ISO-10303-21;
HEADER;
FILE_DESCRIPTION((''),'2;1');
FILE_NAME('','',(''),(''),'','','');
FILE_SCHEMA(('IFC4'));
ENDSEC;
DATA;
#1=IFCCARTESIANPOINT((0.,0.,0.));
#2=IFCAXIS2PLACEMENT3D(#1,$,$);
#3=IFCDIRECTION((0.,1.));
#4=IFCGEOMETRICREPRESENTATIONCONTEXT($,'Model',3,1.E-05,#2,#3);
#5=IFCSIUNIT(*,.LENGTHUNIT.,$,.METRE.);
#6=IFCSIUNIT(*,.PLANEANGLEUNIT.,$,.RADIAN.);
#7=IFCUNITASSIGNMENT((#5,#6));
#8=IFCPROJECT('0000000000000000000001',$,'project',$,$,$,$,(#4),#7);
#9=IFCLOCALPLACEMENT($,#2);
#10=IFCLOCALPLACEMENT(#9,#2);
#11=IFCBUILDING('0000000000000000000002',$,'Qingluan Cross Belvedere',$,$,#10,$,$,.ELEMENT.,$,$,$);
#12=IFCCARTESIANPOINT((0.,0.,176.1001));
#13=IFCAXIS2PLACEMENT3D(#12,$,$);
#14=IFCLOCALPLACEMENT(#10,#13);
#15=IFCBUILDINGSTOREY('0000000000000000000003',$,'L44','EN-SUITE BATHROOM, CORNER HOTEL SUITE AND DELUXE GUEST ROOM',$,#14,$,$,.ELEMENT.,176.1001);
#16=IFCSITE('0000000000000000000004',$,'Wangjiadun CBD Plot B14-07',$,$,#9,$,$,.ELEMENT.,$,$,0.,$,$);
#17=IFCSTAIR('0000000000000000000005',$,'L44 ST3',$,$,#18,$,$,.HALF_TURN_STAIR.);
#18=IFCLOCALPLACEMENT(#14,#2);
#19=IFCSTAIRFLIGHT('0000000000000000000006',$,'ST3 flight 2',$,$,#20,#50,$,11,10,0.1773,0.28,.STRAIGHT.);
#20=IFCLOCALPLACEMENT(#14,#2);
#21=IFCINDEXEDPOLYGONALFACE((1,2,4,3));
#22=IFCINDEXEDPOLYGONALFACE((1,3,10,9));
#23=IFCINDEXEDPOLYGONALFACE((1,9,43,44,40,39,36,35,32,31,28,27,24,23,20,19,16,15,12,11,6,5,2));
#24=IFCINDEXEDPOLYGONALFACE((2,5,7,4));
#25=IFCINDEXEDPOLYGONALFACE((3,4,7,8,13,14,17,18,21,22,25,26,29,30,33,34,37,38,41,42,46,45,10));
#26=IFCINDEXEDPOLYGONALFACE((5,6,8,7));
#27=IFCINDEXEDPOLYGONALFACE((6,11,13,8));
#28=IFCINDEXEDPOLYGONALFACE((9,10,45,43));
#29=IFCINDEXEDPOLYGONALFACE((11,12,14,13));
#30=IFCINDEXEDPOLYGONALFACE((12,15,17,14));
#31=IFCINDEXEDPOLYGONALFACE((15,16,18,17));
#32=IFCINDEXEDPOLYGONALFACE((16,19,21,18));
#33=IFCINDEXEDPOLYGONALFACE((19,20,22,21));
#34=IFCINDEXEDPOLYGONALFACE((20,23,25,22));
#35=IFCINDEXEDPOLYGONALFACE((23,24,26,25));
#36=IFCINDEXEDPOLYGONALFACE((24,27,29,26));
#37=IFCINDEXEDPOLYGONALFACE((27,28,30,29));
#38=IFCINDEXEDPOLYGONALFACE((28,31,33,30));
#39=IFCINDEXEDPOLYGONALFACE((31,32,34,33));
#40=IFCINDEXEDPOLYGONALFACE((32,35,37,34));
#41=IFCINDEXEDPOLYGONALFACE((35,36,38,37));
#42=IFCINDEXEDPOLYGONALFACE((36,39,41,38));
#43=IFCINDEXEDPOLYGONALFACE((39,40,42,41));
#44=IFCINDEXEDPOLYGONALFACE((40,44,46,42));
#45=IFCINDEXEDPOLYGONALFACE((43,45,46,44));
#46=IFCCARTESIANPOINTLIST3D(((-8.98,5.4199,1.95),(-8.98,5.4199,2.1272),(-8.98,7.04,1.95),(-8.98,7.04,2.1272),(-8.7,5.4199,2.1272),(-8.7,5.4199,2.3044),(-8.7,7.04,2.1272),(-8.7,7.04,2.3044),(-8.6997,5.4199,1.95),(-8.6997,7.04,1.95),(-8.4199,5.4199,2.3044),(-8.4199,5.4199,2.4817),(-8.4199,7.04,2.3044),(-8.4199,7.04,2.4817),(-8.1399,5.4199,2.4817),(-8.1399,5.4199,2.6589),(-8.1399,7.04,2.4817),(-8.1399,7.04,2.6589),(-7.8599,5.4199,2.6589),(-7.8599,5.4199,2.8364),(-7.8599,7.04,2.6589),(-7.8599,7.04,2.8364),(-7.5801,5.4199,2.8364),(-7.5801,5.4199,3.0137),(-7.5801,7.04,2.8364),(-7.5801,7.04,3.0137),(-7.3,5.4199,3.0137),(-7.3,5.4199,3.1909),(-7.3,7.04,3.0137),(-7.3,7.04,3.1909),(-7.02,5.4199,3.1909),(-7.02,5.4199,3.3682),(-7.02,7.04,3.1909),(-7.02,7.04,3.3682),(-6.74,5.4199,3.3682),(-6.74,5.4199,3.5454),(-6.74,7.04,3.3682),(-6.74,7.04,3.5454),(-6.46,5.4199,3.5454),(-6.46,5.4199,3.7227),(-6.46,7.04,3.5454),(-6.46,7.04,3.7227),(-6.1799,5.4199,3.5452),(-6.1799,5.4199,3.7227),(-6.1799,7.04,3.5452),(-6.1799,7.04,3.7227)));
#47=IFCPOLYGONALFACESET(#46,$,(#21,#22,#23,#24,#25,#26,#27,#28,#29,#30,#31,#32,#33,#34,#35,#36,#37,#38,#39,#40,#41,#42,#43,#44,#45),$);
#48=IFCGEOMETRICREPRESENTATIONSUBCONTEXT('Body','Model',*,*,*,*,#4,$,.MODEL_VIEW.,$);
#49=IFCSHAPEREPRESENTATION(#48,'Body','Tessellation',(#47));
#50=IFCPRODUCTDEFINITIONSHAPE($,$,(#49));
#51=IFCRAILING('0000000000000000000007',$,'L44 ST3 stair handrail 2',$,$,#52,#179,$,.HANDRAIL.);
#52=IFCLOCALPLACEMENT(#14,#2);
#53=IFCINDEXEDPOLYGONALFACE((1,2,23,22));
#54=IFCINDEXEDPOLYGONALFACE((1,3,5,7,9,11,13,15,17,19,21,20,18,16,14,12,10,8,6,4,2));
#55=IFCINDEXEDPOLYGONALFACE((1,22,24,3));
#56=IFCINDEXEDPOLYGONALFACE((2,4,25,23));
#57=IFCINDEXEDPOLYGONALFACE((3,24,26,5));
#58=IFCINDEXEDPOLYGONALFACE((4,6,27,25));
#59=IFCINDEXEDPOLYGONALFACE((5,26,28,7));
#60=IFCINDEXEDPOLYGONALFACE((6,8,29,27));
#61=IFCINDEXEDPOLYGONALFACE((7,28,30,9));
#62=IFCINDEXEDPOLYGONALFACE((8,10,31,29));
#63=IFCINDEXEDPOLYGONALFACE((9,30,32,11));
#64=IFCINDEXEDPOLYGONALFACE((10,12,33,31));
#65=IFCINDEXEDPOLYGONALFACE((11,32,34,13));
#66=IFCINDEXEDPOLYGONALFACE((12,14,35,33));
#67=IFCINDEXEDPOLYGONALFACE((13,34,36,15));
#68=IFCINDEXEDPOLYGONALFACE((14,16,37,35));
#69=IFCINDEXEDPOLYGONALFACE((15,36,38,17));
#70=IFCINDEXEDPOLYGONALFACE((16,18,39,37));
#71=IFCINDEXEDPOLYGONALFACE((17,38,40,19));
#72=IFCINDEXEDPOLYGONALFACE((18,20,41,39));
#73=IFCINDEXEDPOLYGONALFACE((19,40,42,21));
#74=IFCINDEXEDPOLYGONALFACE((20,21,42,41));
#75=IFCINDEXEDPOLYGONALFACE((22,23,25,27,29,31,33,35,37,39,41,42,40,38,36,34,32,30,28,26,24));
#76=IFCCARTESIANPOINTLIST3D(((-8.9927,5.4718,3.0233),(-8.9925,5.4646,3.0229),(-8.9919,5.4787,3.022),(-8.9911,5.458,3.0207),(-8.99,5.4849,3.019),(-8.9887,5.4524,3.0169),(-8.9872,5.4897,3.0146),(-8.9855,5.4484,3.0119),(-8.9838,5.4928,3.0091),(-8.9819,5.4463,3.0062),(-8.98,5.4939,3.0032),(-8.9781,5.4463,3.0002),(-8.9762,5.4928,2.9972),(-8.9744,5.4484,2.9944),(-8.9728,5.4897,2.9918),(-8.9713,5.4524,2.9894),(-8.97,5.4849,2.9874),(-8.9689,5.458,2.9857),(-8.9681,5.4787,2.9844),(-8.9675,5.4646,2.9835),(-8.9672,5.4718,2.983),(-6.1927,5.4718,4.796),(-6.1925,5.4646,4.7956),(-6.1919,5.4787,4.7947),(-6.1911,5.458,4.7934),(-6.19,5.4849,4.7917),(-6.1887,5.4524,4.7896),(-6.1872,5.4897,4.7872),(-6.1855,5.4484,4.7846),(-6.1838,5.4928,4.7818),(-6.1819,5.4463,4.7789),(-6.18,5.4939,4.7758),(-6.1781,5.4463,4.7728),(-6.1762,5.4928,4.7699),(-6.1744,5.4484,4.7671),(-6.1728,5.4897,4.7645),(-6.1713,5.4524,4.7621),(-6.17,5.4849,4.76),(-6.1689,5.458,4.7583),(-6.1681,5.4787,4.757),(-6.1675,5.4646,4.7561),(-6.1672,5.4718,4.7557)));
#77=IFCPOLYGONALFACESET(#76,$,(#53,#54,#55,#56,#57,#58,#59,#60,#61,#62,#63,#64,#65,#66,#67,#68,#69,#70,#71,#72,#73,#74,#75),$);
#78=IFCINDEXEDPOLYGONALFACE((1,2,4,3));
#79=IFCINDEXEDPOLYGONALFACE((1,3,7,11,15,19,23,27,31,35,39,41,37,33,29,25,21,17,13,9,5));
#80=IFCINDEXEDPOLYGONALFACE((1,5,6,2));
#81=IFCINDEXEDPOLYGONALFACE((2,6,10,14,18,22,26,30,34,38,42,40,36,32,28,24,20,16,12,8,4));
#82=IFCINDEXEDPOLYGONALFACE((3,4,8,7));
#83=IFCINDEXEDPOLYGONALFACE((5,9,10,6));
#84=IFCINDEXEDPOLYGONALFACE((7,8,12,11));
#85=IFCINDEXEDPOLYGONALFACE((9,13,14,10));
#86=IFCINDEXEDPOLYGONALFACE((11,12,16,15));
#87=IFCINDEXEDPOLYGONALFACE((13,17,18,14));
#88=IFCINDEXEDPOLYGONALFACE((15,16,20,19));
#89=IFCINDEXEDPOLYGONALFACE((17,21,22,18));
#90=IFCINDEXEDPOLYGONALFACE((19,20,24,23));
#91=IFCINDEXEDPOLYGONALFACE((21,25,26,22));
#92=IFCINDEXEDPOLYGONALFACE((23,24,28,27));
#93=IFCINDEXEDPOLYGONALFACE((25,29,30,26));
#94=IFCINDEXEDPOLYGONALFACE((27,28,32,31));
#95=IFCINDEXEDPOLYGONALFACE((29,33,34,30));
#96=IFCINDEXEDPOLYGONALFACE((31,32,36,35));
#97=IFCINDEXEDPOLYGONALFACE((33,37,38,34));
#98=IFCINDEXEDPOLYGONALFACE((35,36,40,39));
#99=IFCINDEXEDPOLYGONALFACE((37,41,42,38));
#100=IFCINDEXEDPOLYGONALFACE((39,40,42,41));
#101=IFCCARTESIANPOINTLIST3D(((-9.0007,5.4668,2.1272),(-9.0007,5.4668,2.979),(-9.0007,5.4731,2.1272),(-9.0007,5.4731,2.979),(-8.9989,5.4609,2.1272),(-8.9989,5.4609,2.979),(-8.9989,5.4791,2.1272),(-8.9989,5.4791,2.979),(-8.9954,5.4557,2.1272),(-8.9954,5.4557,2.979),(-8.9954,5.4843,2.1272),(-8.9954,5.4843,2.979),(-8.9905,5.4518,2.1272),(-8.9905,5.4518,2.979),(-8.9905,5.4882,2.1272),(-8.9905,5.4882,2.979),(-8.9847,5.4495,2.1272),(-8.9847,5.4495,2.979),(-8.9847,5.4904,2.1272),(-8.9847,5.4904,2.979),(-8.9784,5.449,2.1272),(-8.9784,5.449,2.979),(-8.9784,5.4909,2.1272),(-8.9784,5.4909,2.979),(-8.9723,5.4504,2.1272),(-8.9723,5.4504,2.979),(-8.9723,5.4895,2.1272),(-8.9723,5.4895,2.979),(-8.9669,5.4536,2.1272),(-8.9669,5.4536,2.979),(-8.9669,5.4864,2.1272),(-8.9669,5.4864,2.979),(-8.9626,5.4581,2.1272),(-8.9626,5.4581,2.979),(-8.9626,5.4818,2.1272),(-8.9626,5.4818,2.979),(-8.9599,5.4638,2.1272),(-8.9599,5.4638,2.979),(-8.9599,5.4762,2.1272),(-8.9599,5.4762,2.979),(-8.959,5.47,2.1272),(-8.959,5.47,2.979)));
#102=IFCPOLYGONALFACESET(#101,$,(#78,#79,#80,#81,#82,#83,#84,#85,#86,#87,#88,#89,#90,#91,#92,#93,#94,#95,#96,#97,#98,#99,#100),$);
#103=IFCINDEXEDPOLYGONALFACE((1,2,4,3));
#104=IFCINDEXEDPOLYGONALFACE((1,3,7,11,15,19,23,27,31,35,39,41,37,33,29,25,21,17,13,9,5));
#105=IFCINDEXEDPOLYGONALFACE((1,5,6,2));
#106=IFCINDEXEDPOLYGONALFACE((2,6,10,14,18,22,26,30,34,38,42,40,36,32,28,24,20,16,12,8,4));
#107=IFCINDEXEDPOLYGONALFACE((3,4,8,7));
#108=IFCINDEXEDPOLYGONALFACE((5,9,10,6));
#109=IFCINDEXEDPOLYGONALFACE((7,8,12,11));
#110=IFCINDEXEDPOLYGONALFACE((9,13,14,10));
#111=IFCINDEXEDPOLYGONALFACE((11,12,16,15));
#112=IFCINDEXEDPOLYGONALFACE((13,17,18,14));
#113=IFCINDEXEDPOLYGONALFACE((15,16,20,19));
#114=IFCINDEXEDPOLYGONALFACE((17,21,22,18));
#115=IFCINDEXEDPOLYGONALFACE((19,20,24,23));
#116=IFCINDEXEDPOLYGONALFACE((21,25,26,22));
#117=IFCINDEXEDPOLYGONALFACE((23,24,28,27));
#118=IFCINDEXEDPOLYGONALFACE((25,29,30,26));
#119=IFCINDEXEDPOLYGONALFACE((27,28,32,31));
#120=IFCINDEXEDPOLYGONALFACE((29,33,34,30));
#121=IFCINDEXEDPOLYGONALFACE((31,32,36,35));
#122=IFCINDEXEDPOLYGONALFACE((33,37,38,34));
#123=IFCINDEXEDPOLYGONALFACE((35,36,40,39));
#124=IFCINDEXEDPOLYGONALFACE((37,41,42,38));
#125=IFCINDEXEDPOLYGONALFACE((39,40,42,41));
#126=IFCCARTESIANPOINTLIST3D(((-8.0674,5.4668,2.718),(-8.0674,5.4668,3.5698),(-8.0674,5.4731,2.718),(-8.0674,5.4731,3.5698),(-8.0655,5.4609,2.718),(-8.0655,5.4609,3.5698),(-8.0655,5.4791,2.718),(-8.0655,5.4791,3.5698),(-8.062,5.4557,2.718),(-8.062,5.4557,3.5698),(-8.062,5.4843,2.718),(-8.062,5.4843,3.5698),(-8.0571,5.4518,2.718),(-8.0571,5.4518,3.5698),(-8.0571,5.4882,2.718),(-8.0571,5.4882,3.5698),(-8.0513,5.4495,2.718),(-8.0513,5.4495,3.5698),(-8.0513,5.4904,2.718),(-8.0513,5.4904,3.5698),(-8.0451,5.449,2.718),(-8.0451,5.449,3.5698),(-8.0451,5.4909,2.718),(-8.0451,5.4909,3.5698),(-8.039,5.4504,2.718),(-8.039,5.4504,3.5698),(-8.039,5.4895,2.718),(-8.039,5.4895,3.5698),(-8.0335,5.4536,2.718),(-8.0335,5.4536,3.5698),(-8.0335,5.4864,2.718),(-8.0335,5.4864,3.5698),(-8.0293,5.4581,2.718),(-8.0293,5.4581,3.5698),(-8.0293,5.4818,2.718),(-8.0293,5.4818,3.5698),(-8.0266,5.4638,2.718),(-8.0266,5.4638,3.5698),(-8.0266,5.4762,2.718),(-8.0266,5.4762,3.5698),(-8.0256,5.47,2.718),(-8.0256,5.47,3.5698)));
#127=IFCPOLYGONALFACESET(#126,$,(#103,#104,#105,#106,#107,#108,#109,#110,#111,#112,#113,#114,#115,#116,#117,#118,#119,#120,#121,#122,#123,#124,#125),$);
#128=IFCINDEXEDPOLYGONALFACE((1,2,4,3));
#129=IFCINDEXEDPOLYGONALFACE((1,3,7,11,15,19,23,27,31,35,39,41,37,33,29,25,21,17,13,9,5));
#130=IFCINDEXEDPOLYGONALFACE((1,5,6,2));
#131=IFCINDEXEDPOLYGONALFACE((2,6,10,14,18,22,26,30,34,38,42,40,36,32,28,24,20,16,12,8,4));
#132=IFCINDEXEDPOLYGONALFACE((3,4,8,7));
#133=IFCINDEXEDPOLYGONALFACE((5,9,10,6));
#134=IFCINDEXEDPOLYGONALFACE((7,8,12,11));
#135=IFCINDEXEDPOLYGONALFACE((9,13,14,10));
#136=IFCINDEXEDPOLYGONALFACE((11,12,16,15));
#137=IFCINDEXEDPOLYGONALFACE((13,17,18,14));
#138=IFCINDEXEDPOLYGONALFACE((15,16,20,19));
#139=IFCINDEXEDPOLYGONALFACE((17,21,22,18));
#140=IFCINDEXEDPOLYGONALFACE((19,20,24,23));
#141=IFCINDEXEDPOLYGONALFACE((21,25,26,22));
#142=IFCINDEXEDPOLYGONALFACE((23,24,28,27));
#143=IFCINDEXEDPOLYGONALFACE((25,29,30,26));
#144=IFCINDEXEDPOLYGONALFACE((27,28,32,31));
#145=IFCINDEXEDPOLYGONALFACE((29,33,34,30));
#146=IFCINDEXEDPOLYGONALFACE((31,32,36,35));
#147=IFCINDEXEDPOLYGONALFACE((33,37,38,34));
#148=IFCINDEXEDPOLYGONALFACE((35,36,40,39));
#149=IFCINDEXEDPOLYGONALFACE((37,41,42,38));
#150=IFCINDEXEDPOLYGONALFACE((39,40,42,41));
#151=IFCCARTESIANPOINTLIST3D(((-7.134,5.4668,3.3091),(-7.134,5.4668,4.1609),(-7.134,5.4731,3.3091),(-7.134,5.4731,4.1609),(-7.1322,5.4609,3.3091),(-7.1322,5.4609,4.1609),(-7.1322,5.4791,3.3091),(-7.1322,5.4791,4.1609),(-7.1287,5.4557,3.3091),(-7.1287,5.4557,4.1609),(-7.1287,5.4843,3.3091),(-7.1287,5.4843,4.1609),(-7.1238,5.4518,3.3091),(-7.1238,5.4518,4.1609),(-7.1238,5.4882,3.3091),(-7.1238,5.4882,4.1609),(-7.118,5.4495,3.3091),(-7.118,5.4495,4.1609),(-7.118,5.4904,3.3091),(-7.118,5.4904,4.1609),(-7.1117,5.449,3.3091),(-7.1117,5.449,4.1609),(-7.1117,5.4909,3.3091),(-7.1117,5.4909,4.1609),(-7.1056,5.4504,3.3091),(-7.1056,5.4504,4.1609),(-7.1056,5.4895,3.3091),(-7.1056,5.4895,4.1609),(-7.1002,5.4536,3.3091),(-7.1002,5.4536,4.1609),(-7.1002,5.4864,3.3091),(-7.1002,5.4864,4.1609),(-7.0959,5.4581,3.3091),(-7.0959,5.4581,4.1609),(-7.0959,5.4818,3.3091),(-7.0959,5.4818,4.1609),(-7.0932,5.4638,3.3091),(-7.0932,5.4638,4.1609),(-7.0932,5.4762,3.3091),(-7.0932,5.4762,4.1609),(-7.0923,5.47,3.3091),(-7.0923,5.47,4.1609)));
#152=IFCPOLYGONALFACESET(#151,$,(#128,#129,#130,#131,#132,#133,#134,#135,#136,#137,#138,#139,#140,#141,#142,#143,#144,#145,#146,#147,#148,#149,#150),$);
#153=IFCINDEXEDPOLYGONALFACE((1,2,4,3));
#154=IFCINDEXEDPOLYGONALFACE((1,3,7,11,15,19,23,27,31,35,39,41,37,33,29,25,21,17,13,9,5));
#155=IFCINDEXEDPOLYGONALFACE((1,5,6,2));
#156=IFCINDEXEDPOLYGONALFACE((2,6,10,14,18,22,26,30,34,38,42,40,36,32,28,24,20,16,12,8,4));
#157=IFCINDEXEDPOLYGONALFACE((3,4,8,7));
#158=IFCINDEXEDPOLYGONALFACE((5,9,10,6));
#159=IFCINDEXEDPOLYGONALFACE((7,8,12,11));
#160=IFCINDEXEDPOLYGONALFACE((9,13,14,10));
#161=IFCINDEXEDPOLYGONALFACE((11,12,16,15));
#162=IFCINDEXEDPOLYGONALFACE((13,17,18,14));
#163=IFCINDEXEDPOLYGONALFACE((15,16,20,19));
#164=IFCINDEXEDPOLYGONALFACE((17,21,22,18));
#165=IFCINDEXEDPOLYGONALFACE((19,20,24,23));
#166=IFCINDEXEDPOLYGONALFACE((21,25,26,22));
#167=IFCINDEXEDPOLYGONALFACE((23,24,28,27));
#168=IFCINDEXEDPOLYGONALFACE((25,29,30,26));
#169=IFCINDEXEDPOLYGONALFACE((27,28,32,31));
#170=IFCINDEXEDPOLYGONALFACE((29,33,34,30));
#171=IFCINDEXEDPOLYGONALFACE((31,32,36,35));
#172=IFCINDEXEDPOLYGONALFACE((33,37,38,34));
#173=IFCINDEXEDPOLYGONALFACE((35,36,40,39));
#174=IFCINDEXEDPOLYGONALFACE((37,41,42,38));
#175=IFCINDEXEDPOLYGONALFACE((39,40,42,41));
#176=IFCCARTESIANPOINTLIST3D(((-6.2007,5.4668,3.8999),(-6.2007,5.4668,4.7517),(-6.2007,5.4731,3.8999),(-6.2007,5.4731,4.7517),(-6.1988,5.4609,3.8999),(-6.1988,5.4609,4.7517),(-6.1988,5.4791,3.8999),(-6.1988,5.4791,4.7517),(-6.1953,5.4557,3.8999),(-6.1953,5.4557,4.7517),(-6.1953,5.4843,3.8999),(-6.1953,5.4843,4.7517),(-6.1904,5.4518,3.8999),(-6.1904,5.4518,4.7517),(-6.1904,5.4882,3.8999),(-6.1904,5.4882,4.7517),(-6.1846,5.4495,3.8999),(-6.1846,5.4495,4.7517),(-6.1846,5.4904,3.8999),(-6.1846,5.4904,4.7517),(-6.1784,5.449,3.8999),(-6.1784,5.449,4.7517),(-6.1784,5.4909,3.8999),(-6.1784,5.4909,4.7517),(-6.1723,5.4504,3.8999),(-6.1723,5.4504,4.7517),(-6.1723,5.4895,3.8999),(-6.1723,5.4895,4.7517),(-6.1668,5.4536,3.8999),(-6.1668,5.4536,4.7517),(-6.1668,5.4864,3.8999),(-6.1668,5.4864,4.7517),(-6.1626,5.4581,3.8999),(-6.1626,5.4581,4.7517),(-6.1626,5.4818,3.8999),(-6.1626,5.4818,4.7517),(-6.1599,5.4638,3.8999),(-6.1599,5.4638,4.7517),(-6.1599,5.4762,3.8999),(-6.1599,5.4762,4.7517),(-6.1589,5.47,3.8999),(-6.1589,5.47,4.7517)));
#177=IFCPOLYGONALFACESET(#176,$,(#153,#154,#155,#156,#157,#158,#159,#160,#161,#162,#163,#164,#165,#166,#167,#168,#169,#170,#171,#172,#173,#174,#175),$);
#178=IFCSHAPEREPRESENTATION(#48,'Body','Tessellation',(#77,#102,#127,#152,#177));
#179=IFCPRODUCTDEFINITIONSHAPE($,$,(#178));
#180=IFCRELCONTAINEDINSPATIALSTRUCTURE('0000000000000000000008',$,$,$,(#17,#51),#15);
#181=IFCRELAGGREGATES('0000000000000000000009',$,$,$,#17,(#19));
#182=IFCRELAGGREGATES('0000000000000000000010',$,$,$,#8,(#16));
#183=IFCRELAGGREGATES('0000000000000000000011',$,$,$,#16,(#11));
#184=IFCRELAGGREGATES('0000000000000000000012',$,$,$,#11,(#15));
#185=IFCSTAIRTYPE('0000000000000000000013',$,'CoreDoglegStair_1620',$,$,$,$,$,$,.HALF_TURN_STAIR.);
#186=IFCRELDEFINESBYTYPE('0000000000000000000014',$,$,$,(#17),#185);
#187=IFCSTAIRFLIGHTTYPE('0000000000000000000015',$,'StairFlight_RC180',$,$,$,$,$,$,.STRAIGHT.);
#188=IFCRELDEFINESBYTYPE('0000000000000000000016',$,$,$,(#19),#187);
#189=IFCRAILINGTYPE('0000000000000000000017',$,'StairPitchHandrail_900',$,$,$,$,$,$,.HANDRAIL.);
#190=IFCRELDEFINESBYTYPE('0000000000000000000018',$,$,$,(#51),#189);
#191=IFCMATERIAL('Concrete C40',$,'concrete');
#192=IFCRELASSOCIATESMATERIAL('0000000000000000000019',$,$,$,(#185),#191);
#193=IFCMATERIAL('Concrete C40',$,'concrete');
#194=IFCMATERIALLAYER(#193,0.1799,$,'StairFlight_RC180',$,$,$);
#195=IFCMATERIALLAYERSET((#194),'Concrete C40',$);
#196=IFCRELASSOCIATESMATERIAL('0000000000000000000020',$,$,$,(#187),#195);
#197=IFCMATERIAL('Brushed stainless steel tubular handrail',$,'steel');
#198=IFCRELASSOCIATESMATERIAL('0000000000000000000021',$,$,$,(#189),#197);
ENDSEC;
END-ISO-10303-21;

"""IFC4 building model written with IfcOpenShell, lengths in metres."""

from ifc_helpers import new_model, si_unit, direction, frame, origin, origin_2d, place, context, subcontext, project, spatial, polyline, circle, outline, extrude, material, layer, layer_set, type_object, element, aggregate, save


model = new_model("IFC4")

# Units and contexts
model_context = context("Model", 3, precision=1e-05, world=origin(), true_north=direction((0.0, 1.0)))
body_context = subcontext(model_context, "Body", "Model", "MODEL_VIEW")
ifc_project = project(units=[si_unit("LENGTHUNIT", "METRE"), si_unit("PLANEANGLEUNIT", "RADIAN")], contexts=[model_context])

# Site, building, storey
site_placement = place(None, origin())
site = spatial("IfcSite", under=ifc_project, at=site_placement, Name="Wangjiadun CBD Plot B14-07", CompositionType="ELEMENT", RefElevation=0.0)
building_placement = place(site_placement, origin())
building = spatial("IfcBuilding", under=site, at=building_placement, Name="Qingluan Cross Belvedere", CompositionType="ELEMENT")
storey_placement = place(building_placement, frame((0.0, 0.0, 176.1001)))
storey = spatial("IfcBuildingStorey", under=building, at=storey_placement, Name="L44", Description="EN-SUITE BATHROOM, CORNER HOTEL SUITE AND DELUXE GUEST ROOM", CompositionType="ELEMENT", Elevation=176.1001)

# Stair, stair flight
ifc_material_1 = material(Name="Concrete C40", Category="concrete")
stair_type = type_object("IfcStairType", Name="CoreDoglegStair_1620", PredefinedType="HALF_TURN_STAIR", material=ifc_material_1)
stair_placement = place(storey_placement, origin())
stair = element("IfcStair", 1, at=stair_placement, inside=storey, type_object=stair_type, Name="L44 ST3", PredefinedType="HALF_TURN_STAIR")
ifc_material_2 = material(Name="Concrete C40", Category="concrete")
ifc_layer_1 = layer(ifc_material_2, 0.1799, Name="StairFlight_RC180")
ifc_layer_set_1 = layer_set([ifc_layer_1], Name="Concrete C40")
stair_flight_type = type_object("IfcStairFlightType", Name="StairFlight_RC180", PredefinedType="STRAIGHT", material=ifc_layer_set_1)
stair_flight_placement = place(storey_placement, frame((-8.98, 6.23, 1.95), z_axis=(0.0, 0.0, 1.0), x_axis=(1.0, 0.0, 0.0)))
stair_flight = element("IfcStairFlight", 2, at=stair_flight_placement, type_object=stair_flight_type, Name="ST3 flight 2", NumberOfRisers=11, NumberOfTreads=10, PredefinedType="STRAIGHT", RiserHeight=0.1773, TreadLength=0.28, context=body_context, shape_type="SweptSolid", body=[
    extrude(outline(polyline([(0.0, 0.0), (0.0, 0.1772), (0.28, 0.1772), (0.28, 0.3545), (0.5601, 0.3545), (0.5601, 0.5317), (0.8401, 0.5317), (0.8401, 0.709), (1.1201, 0.709), (1.1201, 0.8865), (1.3999, 0.8865), (1.3999, 1.0637), (1.6799, 1.0637), (1.6799, 1.241), (1.96, 1.241), (1.96, 1.4182), (2.24, 1.4182), (2.24, 1.5955), (2.52, 1.5955), (2.52, 1.7727), (2.8, 1.7727), (2.8, 1.95), (2.8, 1.5952), (0.2803, 0.0), (0.0, 0.0)])), frame((0.0, 0.8101, 0.0), z_axis=(0.0, -1.0, 0.0), x_axis=(1.0, 0.0, 0.0)), (0.0, 0.0, 1.0), 1.6201),
])
aggregate(stair, [stair_flight])

# Railing
ifc_material_3 = material(Name="Brushed stainless steel tubular handrail", Category="steel")
railing_type_1 = type_object("IfcRailingType", Name="StairPitchHandrail_900", PredefinedType="HANDRAIL", material=ifc_material_3)
railing_1_placement = place(storey_placement, frame((-8.98, 5.47, 2.1272)))
element("IfcRailing", 3, at=railing_1_placement, inside=storey, type_object=railing_type_1, Name="L44 ST3 stair handrail 2", PredefinedType="HANDRAIL", context=body_context, shape_type="SweptSolid", body=[
    extrude(circle(Radius=0.0239, at=origin_2d()), frame((0.0, 0.0, 0.876), z_axis=(0.844909, 0.0, 0.53491), x_axis=(0.0, 1.0, 0.0)), (0.0, 0.0, 1.0), 3.314),
    extrude(circle(Radius=0.021, at=origin_2d()), origin(), (0.0, 0.0, 1.0), 0.8518),
    extrude(circle(Radius=0.021, at=origin_2d()), frame((0.9333, 0.0, 0.5908)), (0.0, 0.0, 1.0), 0.8518),
    extrude(circle(Radius=0.021, at=origin_2d()), frame((1.8667, 0.0, 1.1819)), (0.0, 0.0, 1.0), 0.8518),
    extrude(circle(Radius=0.021, at=origin_2d()), frame((2.8, 0.0, 1.7727)), (0.0, 0.0, 1.0), 0.8518),
])

save(model, "model.ifc")
